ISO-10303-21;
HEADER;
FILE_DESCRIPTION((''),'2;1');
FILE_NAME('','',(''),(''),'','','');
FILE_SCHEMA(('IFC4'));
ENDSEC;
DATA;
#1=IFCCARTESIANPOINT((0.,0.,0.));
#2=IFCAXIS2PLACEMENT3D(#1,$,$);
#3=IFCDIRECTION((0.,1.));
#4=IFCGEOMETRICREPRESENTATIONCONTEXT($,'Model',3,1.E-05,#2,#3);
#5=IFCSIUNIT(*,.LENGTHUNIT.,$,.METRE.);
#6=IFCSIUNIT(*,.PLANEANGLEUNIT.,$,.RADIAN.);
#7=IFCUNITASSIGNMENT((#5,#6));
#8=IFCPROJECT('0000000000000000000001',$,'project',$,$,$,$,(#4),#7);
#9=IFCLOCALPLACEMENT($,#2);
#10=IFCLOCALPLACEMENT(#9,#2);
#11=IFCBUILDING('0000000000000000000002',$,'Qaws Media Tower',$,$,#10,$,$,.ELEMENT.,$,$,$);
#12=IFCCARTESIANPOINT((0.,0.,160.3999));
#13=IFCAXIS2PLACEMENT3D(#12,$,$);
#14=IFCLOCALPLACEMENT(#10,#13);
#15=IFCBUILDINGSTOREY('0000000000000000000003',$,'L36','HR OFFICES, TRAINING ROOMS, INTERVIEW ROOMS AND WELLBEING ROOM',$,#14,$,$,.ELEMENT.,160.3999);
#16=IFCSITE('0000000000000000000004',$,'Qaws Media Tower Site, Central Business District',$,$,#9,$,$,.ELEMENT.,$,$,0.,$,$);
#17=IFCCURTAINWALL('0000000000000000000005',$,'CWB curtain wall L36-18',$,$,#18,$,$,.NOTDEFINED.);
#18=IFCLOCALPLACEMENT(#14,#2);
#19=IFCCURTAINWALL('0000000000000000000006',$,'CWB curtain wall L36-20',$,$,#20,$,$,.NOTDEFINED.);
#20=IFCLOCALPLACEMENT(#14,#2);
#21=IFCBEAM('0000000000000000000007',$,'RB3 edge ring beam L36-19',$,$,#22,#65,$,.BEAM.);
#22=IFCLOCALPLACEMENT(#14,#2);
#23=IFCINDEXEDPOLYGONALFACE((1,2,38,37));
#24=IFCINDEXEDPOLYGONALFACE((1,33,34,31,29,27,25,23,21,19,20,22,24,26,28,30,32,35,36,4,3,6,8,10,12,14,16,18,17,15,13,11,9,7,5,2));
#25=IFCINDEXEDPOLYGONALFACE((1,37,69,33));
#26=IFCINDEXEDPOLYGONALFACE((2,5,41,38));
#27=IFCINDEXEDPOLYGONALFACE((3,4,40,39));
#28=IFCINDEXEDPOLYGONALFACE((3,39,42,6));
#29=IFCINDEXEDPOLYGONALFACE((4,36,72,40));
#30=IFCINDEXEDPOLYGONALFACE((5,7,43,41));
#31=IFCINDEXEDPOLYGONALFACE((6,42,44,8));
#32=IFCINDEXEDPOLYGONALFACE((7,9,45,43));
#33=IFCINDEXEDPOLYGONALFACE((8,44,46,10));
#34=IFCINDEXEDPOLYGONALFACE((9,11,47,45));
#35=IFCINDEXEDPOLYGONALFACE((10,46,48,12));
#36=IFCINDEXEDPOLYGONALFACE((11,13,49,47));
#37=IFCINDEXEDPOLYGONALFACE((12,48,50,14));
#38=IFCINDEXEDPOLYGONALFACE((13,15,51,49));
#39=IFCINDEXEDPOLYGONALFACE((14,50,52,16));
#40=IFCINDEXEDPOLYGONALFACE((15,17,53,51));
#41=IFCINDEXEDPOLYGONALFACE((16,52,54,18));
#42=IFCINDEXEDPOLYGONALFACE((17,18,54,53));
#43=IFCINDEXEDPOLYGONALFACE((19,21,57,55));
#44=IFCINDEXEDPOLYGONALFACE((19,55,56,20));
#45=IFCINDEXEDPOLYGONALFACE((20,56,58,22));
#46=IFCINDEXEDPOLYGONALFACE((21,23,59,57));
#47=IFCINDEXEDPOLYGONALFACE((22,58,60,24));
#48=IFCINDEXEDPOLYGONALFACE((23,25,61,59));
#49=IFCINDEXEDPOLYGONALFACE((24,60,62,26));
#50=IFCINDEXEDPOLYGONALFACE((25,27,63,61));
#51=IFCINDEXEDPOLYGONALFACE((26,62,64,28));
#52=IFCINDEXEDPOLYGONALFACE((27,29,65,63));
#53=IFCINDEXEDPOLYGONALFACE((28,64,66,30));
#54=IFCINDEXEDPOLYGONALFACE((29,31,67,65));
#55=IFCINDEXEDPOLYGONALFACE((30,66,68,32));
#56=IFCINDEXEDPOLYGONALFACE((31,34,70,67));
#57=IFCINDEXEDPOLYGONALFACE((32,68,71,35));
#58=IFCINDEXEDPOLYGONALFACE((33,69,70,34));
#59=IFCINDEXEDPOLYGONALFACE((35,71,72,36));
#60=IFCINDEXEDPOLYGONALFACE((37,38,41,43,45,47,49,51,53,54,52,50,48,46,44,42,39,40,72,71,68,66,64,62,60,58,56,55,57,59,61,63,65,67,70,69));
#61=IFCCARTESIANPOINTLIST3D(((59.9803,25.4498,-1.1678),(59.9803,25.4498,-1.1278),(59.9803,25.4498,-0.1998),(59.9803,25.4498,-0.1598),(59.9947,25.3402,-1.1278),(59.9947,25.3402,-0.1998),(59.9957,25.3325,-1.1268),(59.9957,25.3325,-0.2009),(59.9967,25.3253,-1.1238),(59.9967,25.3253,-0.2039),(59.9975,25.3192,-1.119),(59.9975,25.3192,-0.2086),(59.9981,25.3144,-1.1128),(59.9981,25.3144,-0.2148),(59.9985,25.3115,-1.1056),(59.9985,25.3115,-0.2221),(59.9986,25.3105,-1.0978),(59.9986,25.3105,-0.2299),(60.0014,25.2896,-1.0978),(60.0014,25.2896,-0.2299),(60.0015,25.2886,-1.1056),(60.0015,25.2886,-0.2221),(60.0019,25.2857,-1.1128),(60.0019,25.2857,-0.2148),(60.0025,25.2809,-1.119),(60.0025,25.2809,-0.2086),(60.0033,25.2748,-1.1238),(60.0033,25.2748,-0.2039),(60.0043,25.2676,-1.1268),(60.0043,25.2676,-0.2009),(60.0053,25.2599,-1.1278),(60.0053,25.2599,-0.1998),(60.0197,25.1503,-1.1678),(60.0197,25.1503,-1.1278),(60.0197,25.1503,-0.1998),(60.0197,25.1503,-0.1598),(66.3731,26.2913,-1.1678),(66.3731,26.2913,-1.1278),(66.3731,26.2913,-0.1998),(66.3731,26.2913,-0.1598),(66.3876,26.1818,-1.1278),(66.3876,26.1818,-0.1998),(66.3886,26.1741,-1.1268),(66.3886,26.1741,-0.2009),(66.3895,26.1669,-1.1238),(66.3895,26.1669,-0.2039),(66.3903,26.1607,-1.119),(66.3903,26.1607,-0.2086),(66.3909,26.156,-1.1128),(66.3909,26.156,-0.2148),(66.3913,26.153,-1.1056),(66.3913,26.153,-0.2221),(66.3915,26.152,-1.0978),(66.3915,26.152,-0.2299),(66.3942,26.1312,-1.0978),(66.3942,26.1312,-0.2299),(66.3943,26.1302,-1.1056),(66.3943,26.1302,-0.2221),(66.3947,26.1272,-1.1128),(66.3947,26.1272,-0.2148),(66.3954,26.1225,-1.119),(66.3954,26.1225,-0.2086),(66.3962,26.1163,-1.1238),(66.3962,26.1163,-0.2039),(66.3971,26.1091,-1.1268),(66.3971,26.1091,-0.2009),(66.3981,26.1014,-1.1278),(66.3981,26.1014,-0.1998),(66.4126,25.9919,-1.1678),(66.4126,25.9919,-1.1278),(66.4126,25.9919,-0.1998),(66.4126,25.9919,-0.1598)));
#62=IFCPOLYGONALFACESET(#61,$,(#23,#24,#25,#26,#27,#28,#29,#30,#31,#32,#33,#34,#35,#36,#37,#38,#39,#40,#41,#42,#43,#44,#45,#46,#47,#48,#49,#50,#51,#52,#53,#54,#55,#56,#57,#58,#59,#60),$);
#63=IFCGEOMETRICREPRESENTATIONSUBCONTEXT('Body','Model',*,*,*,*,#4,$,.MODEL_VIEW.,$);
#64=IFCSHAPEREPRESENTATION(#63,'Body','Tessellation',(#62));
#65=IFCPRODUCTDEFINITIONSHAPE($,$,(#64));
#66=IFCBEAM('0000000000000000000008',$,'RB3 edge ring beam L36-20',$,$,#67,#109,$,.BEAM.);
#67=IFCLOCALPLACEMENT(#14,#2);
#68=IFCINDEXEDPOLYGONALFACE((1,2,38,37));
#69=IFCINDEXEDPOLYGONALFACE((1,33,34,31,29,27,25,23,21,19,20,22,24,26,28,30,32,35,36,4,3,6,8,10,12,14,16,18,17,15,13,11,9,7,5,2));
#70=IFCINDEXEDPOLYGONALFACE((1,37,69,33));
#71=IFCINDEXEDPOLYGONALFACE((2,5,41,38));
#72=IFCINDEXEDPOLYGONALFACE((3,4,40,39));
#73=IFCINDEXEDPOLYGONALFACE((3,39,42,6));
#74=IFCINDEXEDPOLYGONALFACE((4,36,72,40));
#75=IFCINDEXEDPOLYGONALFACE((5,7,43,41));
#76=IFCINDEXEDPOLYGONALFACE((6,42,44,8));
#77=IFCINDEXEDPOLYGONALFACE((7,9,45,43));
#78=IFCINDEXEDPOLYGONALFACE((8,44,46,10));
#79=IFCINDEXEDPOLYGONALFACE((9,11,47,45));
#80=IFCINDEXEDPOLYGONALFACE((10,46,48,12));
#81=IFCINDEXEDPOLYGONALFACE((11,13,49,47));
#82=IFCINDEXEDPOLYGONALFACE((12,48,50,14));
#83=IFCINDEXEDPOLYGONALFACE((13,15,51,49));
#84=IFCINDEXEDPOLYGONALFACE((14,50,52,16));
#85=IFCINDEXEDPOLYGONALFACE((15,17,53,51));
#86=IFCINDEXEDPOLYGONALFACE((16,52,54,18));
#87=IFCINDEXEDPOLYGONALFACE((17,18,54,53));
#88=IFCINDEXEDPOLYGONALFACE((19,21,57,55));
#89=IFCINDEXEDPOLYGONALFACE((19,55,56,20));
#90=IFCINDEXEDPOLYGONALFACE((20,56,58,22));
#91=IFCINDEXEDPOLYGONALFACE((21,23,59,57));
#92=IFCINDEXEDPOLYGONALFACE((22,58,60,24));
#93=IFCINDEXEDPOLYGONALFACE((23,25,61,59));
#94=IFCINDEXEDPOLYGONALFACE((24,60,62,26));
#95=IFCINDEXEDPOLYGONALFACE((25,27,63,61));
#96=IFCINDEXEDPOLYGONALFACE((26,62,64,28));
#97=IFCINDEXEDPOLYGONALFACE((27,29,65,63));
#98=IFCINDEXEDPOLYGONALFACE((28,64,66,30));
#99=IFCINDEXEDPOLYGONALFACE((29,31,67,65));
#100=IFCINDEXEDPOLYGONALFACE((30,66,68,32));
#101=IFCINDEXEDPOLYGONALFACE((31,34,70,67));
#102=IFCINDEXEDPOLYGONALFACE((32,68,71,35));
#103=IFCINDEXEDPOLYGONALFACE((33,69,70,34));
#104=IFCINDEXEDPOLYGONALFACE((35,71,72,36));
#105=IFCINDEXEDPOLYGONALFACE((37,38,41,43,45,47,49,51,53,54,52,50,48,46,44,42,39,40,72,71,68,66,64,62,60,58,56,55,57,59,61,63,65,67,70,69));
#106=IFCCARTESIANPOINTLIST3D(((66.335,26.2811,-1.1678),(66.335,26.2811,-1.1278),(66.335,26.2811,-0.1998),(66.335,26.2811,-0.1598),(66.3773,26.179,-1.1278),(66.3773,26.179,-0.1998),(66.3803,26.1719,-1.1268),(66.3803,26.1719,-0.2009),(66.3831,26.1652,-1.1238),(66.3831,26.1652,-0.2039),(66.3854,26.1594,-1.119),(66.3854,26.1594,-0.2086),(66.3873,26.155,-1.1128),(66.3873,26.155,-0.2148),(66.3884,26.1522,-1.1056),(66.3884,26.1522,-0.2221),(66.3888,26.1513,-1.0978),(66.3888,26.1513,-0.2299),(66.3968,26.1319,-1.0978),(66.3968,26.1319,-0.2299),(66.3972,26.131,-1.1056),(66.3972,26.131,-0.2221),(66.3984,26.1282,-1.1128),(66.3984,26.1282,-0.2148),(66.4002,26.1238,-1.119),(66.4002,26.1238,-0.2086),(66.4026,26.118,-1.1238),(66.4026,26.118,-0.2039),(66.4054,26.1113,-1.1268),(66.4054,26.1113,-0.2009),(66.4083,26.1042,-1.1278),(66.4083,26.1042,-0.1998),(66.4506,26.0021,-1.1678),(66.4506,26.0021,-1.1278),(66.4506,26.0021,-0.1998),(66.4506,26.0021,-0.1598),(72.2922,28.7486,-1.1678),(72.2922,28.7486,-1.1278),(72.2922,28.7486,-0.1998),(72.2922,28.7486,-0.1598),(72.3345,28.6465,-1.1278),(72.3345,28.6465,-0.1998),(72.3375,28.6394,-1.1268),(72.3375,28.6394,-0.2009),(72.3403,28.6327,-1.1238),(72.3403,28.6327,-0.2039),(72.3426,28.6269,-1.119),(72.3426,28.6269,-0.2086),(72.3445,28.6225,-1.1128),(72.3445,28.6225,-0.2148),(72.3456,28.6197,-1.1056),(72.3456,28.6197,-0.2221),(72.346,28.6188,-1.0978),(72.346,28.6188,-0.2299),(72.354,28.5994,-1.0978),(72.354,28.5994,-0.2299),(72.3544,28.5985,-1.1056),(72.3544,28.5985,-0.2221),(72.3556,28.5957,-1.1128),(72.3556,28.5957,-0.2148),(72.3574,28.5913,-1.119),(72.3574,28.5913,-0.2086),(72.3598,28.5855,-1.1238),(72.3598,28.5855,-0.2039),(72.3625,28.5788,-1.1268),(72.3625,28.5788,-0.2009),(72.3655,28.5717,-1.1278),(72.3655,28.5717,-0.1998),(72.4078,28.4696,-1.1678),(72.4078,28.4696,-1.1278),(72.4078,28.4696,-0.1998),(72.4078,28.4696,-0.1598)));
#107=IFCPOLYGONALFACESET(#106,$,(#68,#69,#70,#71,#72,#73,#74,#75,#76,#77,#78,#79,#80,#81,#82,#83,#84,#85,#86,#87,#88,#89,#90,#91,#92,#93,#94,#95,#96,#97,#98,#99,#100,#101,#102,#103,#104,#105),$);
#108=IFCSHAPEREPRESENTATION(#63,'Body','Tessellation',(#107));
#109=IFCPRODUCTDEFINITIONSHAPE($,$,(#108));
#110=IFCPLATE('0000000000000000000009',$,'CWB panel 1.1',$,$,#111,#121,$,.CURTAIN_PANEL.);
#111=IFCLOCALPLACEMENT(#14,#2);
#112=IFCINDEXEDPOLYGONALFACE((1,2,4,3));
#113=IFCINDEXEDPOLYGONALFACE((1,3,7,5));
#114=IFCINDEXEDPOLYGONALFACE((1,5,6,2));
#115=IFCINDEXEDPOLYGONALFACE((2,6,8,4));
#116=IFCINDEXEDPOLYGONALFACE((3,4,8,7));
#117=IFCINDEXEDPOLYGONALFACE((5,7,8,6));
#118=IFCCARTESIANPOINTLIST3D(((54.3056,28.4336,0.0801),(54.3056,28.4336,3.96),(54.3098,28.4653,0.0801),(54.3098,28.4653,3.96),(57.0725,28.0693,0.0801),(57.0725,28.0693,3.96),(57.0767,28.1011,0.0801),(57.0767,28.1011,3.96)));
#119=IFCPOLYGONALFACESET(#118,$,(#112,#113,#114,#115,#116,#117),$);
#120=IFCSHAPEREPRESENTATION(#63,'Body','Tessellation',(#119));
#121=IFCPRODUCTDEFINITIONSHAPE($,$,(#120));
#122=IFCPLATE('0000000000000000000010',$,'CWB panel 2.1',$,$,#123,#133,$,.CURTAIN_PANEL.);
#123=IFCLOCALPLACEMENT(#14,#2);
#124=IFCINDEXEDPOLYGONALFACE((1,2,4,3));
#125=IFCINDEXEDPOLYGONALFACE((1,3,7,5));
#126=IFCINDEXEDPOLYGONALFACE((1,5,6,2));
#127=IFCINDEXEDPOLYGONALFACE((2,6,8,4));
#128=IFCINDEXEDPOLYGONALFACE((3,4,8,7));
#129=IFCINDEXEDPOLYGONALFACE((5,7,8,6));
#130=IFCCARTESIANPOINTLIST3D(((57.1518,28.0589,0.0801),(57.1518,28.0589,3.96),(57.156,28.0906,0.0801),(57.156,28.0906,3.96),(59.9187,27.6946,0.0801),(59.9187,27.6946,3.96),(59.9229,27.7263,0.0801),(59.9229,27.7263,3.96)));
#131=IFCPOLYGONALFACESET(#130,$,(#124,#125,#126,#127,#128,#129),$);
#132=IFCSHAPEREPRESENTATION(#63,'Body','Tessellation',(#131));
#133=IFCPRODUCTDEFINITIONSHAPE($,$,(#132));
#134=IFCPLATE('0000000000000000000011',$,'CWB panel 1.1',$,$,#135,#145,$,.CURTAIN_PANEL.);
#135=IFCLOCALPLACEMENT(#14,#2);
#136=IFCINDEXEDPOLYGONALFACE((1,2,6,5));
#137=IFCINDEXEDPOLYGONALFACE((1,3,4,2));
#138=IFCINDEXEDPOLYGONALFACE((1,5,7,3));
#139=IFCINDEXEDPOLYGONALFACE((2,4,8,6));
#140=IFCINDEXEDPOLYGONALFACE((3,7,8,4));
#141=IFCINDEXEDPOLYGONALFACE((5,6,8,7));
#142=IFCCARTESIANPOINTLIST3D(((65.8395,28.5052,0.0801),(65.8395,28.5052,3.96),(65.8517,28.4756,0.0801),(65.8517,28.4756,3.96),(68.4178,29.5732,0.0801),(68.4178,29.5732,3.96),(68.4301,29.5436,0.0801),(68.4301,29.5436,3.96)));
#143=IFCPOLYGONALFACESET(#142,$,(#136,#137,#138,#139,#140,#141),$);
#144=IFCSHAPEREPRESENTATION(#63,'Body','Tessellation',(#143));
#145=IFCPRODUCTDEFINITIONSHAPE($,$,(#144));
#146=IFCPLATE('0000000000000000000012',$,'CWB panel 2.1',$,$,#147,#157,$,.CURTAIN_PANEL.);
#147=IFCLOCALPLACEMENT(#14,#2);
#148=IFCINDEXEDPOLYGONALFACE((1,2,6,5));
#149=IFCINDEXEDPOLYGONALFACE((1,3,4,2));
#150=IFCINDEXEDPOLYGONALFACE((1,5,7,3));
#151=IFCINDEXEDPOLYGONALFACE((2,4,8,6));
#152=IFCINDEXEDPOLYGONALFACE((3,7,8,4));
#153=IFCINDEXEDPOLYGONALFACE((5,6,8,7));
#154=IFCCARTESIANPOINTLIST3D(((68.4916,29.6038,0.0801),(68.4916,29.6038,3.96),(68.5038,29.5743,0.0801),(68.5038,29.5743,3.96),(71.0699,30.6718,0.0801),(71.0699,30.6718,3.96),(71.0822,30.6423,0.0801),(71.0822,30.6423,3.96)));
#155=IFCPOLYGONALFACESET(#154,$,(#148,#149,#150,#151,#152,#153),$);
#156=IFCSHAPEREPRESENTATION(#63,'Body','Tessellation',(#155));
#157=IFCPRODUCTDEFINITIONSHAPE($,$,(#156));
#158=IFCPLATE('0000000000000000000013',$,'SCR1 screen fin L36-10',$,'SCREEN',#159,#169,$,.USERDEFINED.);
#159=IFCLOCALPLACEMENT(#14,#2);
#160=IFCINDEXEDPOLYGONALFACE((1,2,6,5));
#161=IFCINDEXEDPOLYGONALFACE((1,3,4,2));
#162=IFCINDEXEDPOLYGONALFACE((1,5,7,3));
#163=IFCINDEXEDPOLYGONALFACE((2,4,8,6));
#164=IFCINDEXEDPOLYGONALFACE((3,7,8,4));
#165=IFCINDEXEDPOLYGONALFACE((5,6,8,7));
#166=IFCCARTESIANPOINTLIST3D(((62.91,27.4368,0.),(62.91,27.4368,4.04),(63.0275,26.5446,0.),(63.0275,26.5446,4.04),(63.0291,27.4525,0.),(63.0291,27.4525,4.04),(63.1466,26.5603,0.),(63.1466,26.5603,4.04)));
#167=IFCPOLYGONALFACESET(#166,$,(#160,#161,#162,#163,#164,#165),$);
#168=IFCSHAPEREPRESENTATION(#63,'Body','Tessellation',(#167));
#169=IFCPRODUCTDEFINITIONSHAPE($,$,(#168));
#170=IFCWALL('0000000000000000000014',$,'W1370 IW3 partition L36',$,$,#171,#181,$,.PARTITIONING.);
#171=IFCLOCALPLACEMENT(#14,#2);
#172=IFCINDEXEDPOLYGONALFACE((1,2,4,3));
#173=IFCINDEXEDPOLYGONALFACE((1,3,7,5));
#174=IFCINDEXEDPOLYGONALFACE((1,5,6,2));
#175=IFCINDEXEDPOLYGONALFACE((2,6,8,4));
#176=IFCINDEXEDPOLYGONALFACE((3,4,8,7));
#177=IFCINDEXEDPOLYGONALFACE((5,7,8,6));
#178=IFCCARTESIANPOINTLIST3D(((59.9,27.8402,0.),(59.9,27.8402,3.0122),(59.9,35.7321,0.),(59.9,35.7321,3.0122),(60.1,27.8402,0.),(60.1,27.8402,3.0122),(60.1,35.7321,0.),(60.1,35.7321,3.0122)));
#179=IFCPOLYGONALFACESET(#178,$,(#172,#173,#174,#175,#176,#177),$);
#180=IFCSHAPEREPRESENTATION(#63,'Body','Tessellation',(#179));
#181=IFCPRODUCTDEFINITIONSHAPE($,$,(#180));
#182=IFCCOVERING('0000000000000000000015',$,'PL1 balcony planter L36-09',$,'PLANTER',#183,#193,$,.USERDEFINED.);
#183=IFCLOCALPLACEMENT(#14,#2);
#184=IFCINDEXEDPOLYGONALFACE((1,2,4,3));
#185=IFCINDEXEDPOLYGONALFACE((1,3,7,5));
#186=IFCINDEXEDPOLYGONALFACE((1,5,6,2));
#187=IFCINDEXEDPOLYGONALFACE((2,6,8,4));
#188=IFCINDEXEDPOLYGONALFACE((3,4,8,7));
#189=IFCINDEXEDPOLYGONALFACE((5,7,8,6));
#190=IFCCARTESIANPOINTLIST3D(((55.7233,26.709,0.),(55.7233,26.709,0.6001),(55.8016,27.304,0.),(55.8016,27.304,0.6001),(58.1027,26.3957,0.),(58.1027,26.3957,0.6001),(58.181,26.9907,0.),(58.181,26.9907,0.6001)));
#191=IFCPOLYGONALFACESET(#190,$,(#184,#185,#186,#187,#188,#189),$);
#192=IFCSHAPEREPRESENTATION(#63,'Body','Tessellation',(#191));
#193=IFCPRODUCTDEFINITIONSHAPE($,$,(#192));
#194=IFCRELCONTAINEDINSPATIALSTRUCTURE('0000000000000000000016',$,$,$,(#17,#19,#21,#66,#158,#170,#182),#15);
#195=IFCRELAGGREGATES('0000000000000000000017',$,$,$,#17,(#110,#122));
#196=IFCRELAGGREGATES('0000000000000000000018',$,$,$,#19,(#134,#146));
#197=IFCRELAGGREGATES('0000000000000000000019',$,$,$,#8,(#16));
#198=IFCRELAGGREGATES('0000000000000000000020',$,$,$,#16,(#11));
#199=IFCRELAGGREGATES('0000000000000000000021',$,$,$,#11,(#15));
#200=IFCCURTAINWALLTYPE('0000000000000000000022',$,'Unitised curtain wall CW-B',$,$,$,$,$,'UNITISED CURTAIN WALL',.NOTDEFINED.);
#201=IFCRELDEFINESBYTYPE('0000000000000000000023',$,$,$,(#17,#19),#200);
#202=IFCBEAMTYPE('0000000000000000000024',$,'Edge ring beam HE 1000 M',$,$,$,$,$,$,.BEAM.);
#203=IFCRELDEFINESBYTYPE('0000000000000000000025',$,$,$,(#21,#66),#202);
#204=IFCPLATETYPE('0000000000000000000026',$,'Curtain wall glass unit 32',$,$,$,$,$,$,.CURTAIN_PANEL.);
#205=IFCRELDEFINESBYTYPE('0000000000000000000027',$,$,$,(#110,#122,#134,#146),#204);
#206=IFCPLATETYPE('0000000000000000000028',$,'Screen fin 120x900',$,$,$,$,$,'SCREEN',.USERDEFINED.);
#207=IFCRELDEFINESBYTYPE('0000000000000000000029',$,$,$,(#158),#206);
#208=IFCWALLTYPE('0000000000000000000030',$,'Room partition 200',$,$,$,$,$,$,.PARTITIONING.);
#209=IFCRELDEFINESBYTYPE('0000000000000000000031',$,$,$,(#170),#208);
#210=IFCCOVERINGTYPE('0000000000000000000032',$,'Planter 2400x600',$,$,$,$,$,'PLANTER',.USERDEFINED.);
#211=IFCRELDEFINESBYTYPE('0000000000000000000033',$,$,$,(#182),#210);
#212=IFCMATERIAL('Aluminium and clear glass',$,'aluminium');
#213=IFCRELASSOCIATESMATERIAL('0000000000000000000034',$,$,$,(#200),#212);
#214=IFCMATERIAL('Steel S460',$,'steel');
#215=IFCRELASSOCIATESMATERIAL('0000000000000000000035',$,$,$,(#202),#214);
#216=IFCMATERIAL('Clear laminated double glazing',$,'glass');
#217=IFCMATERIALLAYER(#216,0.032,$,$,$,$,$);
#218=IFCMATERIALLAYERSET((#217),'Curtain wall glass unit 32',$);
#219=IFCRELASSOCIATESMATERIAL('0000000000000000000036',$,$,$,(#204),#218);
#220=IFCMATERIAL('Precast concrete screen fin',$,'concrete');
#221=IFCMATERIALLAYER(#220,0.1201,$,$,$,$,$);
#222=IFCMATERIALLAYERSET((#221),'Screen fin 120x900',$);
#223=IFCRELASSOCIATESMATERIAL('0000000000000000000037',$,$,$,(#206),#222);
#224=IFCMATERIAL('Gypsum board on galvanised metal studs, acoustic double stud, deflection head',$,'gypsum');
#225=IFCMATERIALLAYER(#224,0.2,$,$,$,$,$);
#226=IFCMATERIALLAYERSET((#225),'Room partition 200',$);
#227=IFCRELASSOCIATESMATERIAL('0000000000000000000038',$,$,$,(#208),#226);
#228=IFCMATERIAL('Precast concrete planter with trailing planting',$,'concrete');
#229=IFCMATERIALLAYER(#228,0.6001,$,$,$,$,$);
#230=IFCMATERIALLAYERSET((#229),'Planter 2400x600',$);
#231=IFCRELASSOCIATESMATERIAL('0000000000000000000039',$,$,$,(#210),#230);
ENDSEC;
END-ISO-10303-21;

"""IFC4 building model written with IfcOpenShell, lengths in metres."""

from ifc_helpers import new_model, si_unit, direction, frame, frame_2d, origin, origin_2d, place, context, subcontext, project, spatial, rectangle, i_section, extrude, material, layer, layer_set, material_profile, profile_set, type_object, element, aggregate, save


model = new_model("IFC4")

# Units and contexts
model_context = context("Model", 3, precision=1e-05, world=origin(), true_north=direction((0.0, 1.0)))
body_context = subcontext(model_context, "Body", "Model", "MODEL_VIEW")
ifc_project = project(units=[si_unit("LENGTHUNIT", "METRE"), si_unit("PLANEANGLEUNIT", "RADIAN")], contexts=[model_context])

# Site, building, storey
site_placement = place(None, origin())
site = spatial("IfcSite", under=ifc_project, at=site_placement, Name="Qaws Media Tower Site, Central Business District", CompositionType="ELEMENT", RefElevation=0.0)
building_placement = place(site_placement, origin())
building = spatial("IfcBuilding", under=site, at=building_placement, Name="Qaws Media Tower", CompositionType="ELEMENT")
storey_placement = place(building_placement, frame((0.0, 0.0, 160.3999)))
storey = spatial("IfcBuildingStorey", under=building, at=storey_placement, Name="L36", Description="HR OFFICES, TRAINING ROOMS, INTERVIEW ROOMS AND WELLBEING ROOM", CompositionType="ELEMENT", Elevation=160.3999)

# Curtain walls
ifc_material_1 = material(Name="Aluminium and clear glass", Category="aluminium")
curtain_wall_type = type_object("IfcCurtainWallType", Name="Unitised curtain wall CW-B", ElementType="UNITISED CURTAIN WALL", PredefinedType="NOTDEFINED", material=ifc_material_1)
curtain_wall_1_placement = place(storey_placement, origin())
curtain_wall_1 = element("IfcCurtainWall", 1, at=curtain_wall_1_placement, inside=storey, type_object=curtain_wall_type, Name="CWB curtain wall L36-18", PredefinedType="NOTDEFINED")
curtain_wall_2_placement = place(storey_placement, origin())
curtain_wall_2 = element("IfcCurtainWall", 2, at=curtain_wall_2_placement, inside=storey, type_object=curtain_wall_type, Name="CWB curtain wall L36-20", PredefinedType="NOTDEFINED")

# Beams
ifc_material_2 = material(Name="Steel S460", Category="steel")
ifc_material_profile_1 = material_profile(ifc_material_2, i_section(OverallWidth=0.302, OverallDepth=1.0081, WebThickness=0.021, FlangeThickness=0.04, FilletRadius=0.03, at=origin_2d()), Name="HE 1000 M")
ifc_profile_set_1 = profile_set([ifc_material_profile_1], Name="Steel S460")
beam_type = type_object("IfcBeamType", Name="Edge ring beam HE 1000 M", PredefinedType="BEAM", material=ifc_profile_set_1)
for number, where, z_axis, x_axis, name in (
    (3, (60.0, 25.3, -0.6638), (0.991446, 0.130514, 0.0), (-0.130514, 0.991446, 0.0), "RB3 edge ring beam L36-19"),
    (4, (66.3928, 26.1416, -0.6638), (0.923883, 0.382676, 0.0), (-0.382676, 0.923883, 0.0), "RB3 edge ring beam L36-20"),
):
    element("IfcBeam", number, at=place(storey_placement, frame(where, z_axis=z_axis, x_axis=x_axis)), inside=storey, type_object=beam_type, Name=name, PredefinedType="BEAM", context=body_context, shape_type="SweptSolid", body=[
        extrude(i_section(OverallWidth=0.302, OverallDepth=1.0081, WebThickness=0.021, FlangeThickness=0.04, FilletRadius=0.03, at=origin_2d()), origin(), (0.0, 0.0, 1.0), 6.448),
    ])

# Plates
ifc_material_3 = material(Name="Clear laminated double glazing", Category="glass")
ifc_layer_1 = layer(ifc_material_3, 0.032)
ifc_layer_set_1 = layer_set([ifc_layer_1], Name="Curtain wall glass unit 32")
plate_type_1 = type_object("IfcPlateType", Name="Curtain wall glass unit 32", PredefinedType="CURTAIN_PANEL", material=ifc_layer_set_1)
plate_1_placement = place(storey_placement, frame((55.6912, 28.2673, 0.0801), z_axis=(0.0, 0.0, 1.0), x_axis=(0.991445, -0.130526, 0.0)))
plate_1 = element("IfcPlate", 5, at=plate_1_placement, type_object=plate_type_1, Name="CWB panel 1.1", PredefinedType="CURTAIN_PANEL", context=body_context, shape_type="SweptSolid", body=[
    extrude(rectangle(XDim=2.7908, YDim=0.032, at=origin_2d()), origin(), (0.0, 0.0, 1.0), 3.8799),
])
plate_2_placement = place(storey_placement, frame((58.5374, 27.8926, 0.0801), z_axis=(0.0, 0.0, 1.0), x_axis=(0.991445, -0.130526, 0.0)))
plate_2 = element("IfcPlate", 6, at=plate_2_placement, type_object=plate_type_1, Name="CWB panel 2.1", PredefinedType="CURTAIN_PANEL", context=body_context, shape_type="SweptSolid", body=[
    extrude(rectangle(XDim=2.7908, YDim=0.032, at=origin_2d()), origin(), (0.0, 0.0, 1.0), 3.8799),
])
aggregate(curtain_wall_1, [plate_1, plate_2])
plate_3_placement = place(storey_placement, frame((67.1348, 29.0244, 0.0801), z_axis=(0.0, 0.0, 1.0), x_axis=(0.92388, 0.382683, 0.0)))
plate_3 = element("IfcPlate", 7, at=plate_3_placement, type_object=plate_type_1, Name="CWB panel 1.1", PredefinedType="CURTAIN_PANEL", context=body_context, shape_type="SweptSolid", body=[
    extrude(rectangle(XDim=2.7908, YDim=0.032, at=origin_2d()), origin(), (0.0, 0.0, 1.0), 3.8799),
])
plate_4_placement = place(storey_placement, frame((69.7869, 30.123, 0.0801), z_axis=(0.0, 0.0, 1.0), x_axis=(0.92388, 0.382683, 0.0)))
plate_4 = element("IfcPlate", 8, at=plate_4_placement, type_object=plate_type_1, Name="CWB panel 2.1", PredefinedType="CURTAIN_PANEL", context=body_context, shape_type="SweptSolid", body=[
    extrude(rectangle(XDim=2.7908, YDim=0.032, at=origin_2d()), origin(), (0.0, 0.0, 1.0), 3.8799),
])
aggregate(curtain_wall_2, [plate_3, plate_4])
ifc_material_4 = material(Name="Precast concrete screen fin", Category="concrete")
ifc_layer_2 = layer(ifc_material_4, 0.1201)
ifc_layer_set_2 = layer_set([ifc_layer_2], Name="Screen fin 120x900")
plate_type_2 = type_object("IfcPlateType", Name="Screen fin 120x900", ElementType="SCREEN", PredefinedType="USERDEFINED", material=ifc_layer_set_2)
plate_5_placement = place(storey_placement, frame((63.0283, 26.9985, 0.0), z_axis=(0.0, 0.0, 1.0), x_axis=(0.130526, -0.991445, 0.0)))
element("IfcPlate", 9, at=plate_5_placement, inside=storey, type_object=plate_type_2, Name="SCR1 screen fin L36-10", ObjectType="SCREEN", PredefinedType="USERDEFINED", context=body_context, shape_type="SweptSolid", body=[
    extrude(rectangle(XDim=0.8999, YDim=0.1201, at=origin_2d()), origin(), (0.0, 0.0, 1.0), 4.04),
])

# Wall
ifc_material_5 = material(Name="Gypsum board on galvanised metal studs, acoustic double stud, deflection head", Category="gypsum")
ifc_layer_3 = layer(ifc_material_5, 0.2)
ifc_layer_set_3 = layer_set([ifc_layer_3], Name="Room partition 200")
wall_type_1 = type_object("IfcWallType", Name="Room partition 200", PredefinedType="PARTITIONING", material=ifc_layer_set_3)
wall_1_placement = place(storey_placement, frame((60.0, 35.7319, 0.0), z_axis=(0.0, 0.0, 1.0), x_axis=(0.0, -1.0, 0.0)))
element("IfcWall", 10, at=wall_1_placement, inside=storey, type_object=wall_type_1, Name="W1370 IW3 partition L36", PredefinedType="PARTITIONING", context=body_context, shape_type="SweptSolid", body=[
    extrude(rectangle(XDim=7.8918, YDim=0.2, at=frame_2d((3.9458, 0.0))), origin(), (0.0, 0.0, 1.0), 3.0122),
])

# Covering
ifc_material_6 = material(Name="Precast concrete planter with trailing planting", Category="concrete")
ifc_layer_4 = layer(ifc_material_6, 0.6001)
ifc_layer_set_4 = layer_set([ifc_layer_4], Name="Planter 2400x600")
covering_type = type_object("IfcCoveringType", Name="Planter 2400x600", ElementType="PLANTER", PredefinedType="USERDEFINED", material=ifc_layer_set_4)
for number, where, z_axis, x_axis, name in (
    (11, (56.9521, 26.8499, 0.0), (0.0, 0.0, 1.0), (0.991445, -0.130526, 0.0), "PL1 balcony planter L36-09"),
):
    element("IfcCovering", number, at=place(storey_placement, frame(where, z_axis=z_axis, x_axis=x_axis)), inside=storey, type_object=covering_type, Name=name, ObjectType="PLANTER", PredefinedType="USERDEFINED", context=body_context, shape_type="SweptSolid", body=[
        extrude(rectangle(XDim=2.3999, YDim=0.6001, at=origin_2d()), origin(), (0.0, 0.0, 1.0), 0.6001),
    ])

save(model, "model.ifc")
